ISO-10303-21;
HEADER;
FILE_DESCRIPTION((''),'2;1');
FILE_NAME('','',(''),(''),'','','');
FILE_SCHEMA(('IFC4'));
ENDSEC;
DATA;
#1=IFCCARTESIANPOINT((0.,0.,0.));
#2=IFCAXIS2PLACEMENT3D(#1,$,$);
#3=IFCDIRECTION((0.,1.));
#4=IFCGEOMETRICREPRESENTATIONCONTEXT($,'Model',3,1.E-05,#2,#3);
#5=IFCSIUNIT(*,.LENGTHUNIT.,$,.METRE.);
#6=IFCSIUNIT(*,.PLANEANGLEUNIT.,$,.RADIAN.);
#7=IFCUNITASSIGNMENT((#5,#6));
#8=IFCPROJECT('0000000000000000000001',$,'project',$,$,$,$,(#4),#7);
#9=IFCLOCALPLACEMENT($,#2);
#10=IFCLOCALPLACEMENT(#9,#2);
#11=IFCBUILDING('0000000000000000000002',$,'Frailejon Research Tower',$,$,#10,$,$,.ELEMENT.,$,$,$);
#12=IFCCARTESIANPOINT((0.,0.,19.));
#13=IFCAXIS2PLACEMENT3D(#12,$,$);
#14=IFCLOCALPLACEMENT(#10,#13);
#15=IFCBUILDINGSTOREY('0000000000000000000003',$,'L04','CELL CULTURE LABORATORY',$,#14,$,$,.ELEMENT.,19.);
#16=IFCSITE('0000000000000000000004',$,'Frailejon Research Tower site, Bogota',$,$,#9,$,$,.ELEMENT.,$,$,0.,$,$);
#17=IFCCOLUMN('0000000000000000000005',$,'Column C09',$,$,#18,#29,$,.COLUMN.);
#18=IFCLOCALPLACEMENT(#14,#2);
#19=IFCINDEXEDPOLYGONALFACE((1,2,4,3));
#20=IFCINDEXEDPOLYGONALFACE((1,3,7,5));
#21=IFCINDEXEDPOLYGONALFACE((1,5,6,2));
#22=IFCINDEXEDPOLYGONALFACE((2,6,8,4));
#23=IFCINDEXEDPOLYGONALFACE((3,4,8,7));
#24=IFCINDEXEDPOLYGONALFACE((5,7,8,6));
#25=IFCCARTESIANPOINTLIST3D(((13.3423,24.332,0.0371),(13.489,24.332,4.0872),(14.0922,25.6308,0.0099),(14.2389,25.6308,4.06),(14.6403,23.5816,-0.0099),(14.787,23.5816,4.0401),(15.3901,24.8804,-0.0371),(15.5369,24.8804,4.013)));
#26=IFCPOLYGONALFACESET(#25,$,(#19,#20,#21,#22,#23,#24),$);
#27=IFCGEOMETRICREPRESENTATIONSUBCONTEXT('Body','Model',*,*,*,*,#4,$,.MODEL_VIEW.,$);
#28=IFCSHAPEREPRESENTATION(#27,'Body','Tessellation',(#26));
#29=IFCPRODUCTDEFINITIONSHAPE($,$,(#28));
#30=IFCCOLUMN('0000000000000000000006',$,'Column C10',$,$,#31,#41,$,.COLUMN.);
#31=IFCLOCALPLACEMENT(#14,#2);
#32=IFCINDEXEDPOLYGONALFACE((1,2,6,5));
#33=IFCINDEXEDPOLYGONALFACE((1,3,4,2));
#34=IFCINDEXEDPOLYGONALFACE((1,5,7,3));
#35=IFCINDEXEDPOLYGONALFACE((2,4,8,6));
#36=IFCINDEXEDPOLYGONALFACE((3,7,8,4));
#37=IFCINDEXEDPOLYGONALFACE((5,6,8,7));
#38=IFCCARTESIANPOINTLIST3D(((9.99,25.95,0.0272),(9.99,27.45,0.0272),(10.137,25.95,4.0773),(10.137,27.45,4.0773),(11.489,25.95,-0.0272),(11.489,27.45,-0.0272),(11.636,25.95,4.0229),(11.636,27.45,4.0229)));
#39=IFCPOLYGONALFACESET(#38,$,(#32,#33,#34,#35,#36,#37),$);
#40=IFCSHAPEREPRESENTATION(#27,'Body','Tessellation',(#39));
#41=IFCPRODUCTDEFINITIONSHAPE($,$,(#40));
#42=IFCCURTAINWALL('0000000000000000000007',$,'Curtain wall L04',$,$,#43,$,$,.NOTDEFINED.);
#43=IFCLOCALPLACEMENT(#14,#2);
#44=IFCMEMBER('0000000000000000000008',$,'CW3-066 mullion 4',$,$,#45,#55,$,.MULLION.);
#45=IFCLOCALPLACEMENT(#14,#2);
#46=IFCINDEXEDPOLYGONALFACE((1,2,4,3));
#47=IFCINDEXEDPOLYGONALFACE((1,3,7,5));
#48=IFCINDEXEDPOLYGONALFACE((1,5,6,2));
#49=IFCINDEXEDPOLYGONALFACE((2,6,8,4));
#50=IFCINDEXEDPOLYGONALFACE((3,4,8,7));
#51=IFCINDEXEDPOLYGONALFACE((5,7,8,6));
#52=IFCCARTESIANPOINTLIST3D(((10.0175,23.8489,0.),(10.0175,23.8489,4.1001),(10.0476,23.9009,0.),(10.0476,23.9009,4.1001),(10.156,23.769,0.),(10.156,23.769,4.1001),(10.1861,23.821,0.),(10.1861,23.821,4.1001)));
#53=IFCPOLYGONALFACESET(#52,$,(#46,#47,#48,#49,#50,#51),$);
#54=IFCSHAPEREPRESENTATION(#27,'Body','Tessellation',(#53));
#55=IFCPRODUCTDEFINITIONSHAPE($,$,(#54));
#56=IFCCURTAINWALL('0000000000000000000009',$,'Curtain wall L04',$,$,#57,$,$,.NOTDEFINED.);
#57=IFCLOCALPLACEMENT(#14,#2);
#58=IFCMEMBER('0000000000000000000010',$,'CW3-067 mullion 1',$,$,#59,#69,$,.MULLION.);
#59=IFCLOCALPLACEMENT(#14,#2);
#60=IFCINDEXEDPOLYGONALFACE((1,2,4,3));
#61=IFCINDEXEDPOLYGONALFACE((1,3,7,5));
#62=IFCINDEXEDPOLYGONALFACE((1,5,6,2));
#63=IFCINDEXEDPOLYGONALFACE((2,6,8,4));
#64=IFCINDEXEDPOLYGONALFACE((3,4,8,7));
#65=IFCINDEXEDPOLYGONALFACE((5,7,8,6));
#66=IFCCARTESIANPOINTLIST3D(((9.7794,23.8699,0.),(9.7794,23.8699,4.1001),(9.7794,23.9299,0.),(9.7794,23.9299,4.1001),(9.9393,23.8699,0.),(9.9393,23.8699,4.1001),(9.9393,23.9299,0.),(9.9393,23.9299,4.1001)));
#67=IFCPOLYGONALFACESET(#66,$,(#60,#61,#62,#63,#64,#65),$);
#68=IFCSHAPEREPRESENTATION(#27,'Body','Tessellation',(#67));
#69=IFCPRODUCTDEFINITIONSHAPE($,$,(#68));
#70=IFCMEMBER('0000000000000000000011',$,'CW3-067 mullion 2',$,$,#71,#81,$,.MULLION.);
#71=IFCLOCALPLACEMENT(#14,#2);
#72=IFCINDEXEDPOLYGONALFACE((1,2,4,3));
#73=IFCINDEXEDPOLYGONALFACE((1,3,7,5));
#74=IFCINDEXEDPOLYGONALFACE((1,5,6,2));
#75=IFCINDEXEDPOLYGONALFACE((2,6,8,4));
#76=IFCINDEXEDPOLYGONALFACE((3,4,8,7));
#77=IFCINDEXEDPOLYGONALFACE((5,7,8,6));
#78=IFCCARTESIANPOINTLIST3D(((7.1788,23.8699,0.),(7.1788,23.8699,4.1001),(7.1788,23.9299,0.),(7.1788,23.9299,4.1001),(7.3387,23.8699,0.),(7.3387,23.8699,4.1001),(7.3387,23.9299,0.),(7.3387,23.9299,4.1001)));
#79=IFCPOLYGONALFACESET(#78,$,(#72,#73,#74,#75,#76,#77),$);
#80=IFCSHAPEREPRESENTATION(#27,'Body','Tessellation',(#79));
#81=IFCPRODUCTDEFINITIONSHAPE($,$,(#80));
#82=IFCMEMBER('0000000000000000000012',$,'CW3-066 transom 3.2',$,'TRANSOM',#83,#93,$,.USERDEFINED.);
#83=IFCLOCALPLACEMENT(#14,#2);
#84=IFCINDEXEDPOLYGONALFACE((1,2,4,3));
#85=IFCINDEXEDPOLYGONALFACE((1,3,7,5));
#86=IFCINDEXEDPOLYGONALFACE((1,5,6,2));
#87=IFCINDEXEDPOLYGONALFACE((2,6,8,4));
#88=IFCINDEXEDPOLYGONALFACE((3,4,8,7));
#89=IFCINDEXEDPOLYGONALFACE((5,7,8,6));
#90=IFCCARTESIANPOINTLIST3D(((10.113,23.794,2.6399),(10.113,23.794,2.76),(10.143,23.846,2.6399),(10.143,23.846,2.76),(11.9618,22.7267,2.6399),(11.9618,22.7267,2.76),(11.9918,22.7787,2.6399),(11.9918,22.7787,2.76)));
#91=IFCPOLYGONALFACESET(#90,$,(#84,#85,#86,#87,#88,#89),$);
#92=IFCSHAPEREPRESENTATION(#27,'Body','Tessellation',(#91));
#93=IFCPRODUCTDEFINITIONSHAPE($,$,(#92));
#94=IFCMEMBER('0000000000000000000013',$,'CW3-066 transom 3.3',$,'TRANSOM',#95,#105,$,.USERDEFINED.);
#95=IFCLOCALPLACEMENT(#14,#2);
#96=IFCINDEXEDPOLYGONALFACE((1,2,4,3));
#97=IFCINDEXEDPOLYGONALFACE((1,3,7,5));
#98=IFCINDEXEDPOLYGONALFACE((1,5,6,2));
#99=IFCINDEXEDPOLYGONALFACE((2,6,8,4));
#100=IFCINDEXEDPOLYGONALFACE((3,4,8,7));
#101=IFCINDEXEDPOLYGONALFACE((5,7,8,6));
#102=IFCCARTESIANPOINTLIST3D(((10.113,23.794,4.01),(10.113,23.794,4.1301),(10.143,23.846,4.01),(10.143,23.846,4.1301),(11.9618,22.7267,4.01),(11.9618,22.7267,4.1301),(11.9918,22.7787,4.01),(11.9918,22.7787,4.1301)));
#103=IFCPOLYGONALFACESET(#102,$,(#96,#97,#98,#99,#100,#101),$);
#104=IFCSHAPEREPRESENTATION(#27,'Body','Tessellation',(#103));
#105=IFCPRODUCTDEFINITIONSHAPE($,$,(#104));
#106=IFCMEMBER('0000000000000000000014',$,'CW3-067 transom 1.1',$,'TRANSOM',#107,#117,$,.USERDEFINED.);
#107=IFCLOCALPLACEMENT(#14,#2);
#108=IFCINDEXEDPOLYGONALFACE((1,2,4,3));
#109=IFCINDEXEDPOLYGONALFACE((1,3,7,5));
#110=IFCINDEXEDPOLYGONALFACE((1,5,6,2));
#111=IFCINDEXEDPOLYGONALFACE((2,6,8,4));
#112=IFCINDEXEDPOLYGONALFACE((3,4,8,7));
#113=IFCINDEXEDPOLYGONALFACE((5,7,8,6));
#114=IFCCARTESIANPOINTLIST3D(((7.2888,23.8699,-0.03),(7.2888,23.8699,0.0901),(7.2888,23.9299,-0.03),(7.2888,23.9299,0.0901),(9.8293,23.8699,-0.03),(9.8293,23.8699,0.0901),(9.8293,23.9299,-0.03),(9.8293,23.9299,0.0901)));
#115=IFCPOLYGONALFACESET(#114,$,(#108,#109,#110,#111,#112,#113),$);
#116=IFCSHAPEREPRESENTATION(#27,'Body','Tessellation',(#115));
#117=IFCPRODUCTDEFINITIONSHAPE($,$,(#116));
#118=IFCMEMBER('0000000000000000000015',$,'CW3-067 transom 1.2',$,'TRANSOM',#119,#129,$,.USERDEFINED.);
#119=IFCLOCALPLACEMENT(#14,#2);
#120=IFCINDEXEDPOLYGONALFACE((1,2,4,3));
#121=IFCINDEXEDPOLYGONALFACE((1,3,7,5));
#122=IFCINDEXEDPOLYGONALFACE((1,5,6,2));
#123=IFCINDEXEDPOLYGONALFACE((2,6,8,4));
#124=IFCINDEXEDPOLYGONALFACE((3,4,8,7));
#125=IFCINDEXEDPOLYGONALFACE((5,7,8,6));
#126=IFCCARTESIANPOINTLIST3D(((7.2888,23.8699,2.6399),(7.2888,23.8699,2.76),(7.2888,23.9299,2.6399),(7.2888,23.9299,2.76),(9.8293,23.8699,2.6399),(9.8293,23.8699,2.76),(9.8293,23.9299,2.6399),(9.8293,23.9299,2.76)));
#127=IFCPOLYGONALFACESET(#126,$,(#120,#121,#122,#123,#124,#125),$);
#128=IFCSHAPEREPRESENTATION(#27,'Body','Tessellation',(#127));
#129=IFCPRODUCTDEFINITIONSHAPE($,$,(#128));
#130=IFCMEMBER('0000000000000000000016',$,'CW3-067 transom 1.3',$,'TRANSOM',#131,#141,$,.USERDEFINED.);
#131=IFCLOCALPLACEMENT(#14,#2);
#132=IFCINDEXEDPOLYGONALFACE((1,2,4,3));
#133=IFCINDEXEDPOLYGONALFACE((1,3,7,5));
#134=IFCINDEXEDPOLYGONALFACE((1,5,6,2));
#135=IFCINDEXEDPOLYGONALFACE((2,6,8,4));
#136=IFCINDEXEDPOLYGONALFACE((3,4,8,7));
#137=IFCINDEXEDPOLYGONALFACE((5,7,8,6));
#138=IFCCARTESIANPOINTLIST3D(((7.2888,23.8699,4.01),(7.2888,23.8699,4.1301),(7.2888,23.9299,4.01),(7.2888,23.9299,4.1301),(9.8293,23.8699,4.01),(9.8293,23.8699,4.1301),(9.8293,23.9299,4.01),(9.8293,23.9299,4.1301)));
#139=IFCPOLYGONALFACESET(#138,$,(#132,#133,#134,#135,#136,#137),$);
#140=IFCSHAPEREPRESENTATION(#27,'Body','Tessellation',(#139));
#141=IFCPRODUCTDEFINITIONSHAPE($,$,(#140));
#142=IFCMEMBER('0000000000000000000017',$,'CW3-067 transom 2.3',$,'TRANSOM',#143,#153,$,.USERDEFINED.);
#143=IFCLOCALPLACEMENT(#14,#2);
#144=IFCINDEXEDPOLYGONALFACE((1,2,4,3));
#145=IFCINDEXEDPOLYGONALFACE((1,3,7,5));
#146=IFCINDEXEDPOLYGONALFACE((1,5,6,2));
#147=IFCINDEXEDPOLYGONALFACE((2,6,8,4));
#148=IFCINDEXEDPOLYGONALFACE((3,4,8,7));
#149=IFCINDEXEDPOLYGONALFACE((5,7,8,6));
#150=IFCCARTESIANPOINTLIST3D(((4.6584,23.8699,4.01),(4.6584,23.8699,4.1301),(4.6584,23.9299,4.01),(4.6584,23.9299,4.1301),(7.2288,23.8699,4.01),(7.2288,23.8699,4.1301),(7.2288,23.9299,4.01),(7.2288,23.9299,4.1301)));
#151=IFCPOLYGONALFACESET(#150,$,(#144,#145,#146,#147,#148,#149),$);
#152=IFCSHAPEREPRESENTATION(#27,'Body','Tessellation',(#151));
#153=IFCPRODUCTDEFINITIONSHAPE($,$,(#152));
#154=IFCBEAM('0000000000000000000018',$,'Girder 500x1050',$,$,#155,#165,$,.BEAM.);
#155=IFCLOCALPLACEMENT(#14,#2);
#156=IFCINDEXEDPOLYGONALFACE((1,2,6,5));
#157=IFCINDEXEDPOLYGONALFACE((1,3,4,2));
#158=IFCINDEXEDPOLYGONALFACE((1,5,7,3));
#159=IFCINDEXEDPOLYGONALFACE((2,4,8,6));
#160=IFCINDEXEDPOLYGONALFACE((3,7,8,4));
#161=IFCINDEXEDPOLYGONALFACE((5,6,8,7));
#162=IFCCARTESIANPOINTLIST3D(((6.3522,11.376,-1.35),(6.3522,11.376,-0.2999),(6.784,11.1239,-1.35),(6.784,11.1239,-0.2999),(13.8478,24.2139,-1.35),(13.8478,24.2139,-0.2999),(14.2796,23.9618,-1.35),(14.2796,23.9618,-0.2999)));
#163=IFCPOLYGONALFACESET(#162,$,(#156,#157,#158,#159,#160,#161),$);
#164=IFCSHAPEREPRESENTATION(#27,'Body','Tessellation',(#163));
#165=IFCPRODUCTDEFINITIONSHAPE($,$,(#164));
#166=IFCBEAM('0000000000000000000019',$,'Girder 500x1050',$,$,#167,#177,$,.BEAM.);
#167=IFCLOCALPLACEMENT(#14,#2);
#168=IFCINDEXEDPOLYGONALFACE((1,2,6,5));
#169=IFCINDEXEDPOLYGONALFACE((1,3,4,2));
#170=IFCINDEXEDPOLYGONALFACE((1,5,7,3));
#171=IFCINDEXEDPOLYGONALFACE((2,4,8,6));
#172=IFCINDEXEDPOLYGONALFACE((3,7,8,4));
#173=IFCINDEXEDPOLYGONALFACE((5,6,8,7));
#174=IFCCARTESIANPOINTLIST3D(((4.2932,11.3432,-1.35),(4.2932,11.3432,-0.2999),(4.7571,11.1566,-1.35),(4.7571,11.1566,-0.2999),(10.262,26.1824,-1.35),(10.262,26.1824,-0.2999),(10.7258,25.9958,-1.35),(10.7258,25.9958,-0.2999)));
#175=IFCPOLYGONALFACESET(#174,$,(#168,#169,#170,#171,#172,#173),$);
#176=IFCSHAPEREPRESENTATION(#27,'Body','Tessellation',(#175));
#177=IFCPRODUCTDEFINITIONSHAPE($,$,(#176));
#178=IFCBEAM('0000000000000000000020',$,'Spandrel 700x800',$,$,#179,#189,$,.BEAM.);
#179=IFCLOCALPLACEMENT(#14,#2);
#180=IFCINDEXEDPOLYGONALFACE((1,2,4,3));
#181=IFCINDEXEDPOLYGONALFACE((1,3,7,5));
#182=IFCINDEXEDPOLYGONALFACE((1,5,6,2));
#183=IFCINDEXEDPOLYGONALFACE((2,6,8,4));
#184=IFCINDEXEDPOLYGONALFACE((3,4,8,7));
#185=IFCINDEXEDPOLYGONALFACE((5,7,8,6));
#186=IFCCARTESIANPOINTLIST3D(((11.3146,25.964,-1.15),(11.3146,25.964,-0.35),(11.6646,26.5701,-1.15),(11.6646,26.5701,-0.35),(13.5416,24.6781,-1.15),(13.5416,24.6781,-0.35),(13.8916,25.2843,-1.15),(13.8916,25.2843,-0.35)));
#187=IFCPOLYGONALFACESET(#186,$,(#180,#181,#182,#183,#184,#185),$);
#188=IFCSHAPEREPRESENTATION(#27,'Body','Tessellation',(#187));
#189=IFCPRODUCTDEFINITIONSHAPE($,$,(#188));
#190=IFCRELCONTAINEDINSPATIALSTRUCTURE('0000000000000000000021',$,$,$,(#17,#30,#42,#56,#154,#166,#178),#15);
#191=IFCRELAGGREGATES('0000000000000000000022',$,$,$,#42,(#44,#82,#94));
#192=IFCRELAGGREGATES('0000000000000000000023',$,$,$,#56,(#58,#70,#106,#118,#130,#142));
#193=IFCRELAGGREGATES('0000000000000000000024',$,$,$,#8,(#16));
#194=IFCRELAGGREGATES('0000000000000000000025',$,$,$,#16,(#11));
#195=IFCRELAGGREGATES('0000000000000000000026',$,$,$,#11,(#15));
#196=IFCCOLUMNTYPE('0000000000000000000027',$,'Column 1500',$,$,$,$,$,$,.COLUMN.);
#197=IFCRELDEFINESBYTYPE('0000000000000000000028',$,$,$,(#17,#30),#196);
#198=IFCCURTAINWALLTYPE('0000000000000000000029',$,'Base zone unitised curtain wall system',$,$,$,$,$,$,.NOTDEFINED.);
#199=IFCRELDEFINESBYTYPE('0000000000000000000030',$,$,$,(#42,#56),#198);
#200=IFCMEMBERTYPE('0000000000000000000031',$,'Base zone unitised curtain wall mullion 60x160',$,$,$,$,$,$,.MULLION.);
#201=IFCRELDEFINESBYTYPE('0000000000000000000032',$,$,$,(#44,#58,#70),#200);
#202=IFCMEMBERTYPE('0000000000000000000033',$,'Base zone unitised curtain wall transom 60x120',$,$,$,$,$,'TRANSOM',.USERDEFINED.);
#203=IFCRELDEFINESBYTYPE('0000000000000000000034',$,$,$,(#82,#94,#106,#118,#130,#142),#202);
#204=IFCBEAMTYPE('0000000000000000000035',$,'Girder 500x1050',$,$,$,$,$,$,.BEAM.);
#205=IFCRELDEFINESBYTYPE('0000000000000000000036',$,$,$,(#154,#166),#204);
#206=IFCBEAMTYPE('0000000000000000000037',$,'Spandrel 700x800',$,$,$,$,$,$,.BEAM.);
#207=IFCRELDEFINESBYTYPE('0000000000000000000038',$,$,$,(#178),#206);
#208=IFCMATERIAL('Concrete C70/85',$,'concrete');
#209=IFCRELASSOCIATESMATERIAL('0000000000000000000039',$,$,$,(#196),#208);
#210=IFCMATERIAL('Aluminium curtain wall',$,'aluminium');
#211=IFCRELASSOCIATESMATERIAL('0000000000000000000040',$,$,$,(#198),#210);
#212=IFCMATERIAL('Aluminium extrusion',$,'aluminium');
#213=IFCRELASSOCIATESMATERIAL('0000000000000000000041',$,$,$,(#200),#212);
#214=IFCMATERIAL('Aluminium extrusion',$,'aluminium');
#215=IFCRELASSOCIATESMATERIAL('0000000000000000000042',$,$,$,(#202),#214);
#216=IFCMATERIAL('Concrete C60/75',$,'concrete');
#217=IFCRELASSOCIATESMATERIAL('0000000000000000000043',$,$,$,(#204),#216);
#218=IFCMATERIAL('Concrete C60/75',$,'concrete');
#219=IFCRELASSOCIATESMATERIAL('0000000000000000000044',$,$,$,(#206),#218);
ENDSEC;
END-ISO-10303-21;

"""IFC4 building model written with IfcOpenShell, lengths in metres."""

from ifc_helpers import new_model, si_unit, direction, frame, origin, origin_2d, place, context, subcontext, project, spatial, rectangle, extrude, material, material_profile, profile_set, type_object, element, aggregate, save


model = new_model("IFC4")

# Units and contexts
model_context = context("Model", 3, precision=1e-05, world=origin(), true_north=direction((0.0, 1.0)))
body_context = subcontext(model_context, "Body", "Model", "MODEL_VIEW")
ifc_project = project(units=[si_unit("LENGTHUNIT", "METRE"), si_unit("PLANEANGLEUNIT", "RADIAN")], contexts=[model_context])

# Site, building, storey
site_placement = place(None, origin())
site = spatial("IfcSite", under=ifc_project, at=site_placement, Name="Frailejon Research Tower site, Bogota", CompositionType="ELEMENT", RefElevation=0.0)
building_placement = place(site_placement, origin())
building = spatial("IfcBuilding", under=site, at=building_placement, Name="Frailejon Research Tower", CompositionType="ELEMENT")
storey_placement = place(building_placement, frame((0.0, 0.0, 19.0)))
storey = spatial("IfcBuildingStorey", under=building, at=storey_placement, Name="L04", Description="CELL CULTURE LABORATORY", CompositionType="ELEMENT", Elevation=19.0)

# Columns
ifc_material_1 = material(Name="Concrete C70/85", Category="concrete")
ifc_material_profile_1 = material_profile(ifc_material_1, rectangle(XDim=1.5, YDim=1.5, at=origin_2d()), Name="Column 1500")
ifc_profile_set_1 = profile_set([ifc_material_profile_1], Name="Concrete C70/85")
column_type = type_object("IfcColumnType", Name="Column 1500", PredefinedType="COLUMN", material=ifc_profile_set_1)
for number, where, z_axis, x_axis, name in (
    (1, (14.3662, 24.6062, 0.0), (0.036205, 0.0, 0.999344), (-0.865315, 0.500246, 0.031349), "Column C09"),
    (2, (10.7395, 26.7, 0.0), (0.036265, 0.0, 0.999342), (-0.999342, 0.0, 0.036265), "Column C10"),
):
    element("IfcColumn", number, at=place(storey_placement, frame(where, z_axis=z_axis, x_axis=x_axis)), inside=storey, type_object=column_type, Name=name, PredefinedType="COLUMN", context=body_context, shape_type="SweptSolid", body=[
        extrude(rectangle(XDim=1.5, YDim=1.5, at=origin_2d()), origin(), (0.0, 0.0, 1.0), 4.0527),
    ])

# Curtain wall, member
ifc_material_2 = material(Name="Aluminium curtain wall", Category="aluminium")
curtain_wall_type = type_object("IfcCurtainWallType", Name="Base zone unitised curtain wall system", PredefinedType="NOTDEFINED", material=ifc_material_2)
curtain_wall_1_placement = place(storey_placement, origin())
curtain_wall_1 = element("IfcCurtainWall", 3, at=curtain_wall_1_placement, inside=storey, type_object=curtain_wall_type, Name="Curtain wall L04", PredefinedType="NOTDEFINED")
ifc_material_3 = material(Name="Aluminium extrusion", Category="aluminium")
ifc_material_profile_2 = material_profile(ifc_material_3, rectangle(XDim=0.0601, YDim=0.1599, at=origin_2d()), Name="Base zone unitised curtain wall mullion 60x160")
ifc_profile_set_2 = profile_set([ifc_material_profile_2], Name="Aluminium extrusion")
member_type_1 = type_object("IfcMemberType", Name="Base zone unitised curtain wall mullion 60x160", PredefinedType="MULLION", material=ifc_profile_set_2)
member_1_placement = place(storey_placement, frame((10.1018, 23.835, 0.0), z_axis=(0.0, 0.0, 1.0), x_axis=(-0.499998, -0.866026, 0.0)))
member_1 = element("IfcMember", 4, at=member_1_placement, type_object=member_type_1, Name="CW3-066 mullion 4", PredefinedType="MULLION", context=body_context, shape_type="SweptSolid", body=[
    extrude(rectangle(XDim=0.0601, YDim=0.1599, at=origin_2d()), origin(), (0.0, 0.0, 1.0), 4.1001),
])

# Curtain wall, members
curtain_wall_2_placement = place(storey_placement, origin())
curtain_wall_2 = element("IfcCurtainWall", 5, at=curtain_wall_2_placement, inside=storey, type_object=curtain_wall_type, Name="Curtain wall L04", PredefinedType="NOTDEFINED")
member_2_placement = place(storey_placement, frame((9.8594, 23.8999, 0.0), z_axis=(0.0, 0.0, 1.0), x_axis=(0.0, -1.0, 0.0)))
member_2 = element("IfcMember", 6, at=member_2_placement, type_object=member_type_1, Name="CW3-067 mullion 1", PredefinedType="MULLION", context=body_context, shape_type="SweptSolid", body=[
    extrude(rectangle(XDim=0.0601, YDim=0.1599, at=origin_2d()), origin(), (0.0, 0.0, 1.0), 4.1001),
])
member_3_placement = place(storey_placement, frame((7.2588, 23.8999, 0.0), z_axis=(0.0, 0.0, 1.0), x_axis=(0.0, -1.0, 0.0)))
member_3 = element("IfcMember", 7, at=member_3_placement, type_object=member_type_1, Name="CW3-067 mullion 2", PredefinedType="MULLION", context=body_context, shape_type="SweptSolid", body=[
    extrude(rectangle(XDim=0.0601, YDim=0.1599, at=origin_2d()), origin(), (0.0, 0.0, 1.0), 4.1001),
])

# Members
ifc_material_4 = material(Name="Aluminium extrusion", Category="aluminium")
ifc_material_profile_3 = material_profile(ifc_material_4, rectangle(XDim=0.0601, YDim=0.1201, at=origin_2d()), Name="Base zone unitised curtain wall transom 60x120")
ifc_profile_set_3 = profile_set([ifc_material_profile_3], Name="Aluminium extrusion")
member_type_2 = type_object("IfcMemberType", Name="Base zone unitised curtain wall transom 60x120", ElementType="TRANSOM", PredefinedType="USERDEFINED", material=ifc_profile_set_3)
member_4_placement = place(storey_placement, frame((11.9768, 22.7527, 2.7), z_axis=(-0.866039, 0.499977, 0.0), x_axis=(-0.499977, -0.866039, 0.0)))
member_4 = element("IfcMember", 8, at=member_4_placement, type_object=member_type_2, Name="CW3-066 transom 3.2", ObjectType="TRANSOM", PredefinedType="USERDEFINED", context=body_context, shape_type="SweptSolid", body=[
    extrude(rectangle(XDim=0.0601, YDim=0.1201, at=origin_2d()), origin(), (0.0, 0.0, 1.0), 2.1348),
])
member_5_placement = place(storey_placement, frame((11.9768, 22.7527, 4.0701), z_axis=(-0.866039, 0.499977, 0.0), x_axis=(-0.499977, -0.866039, 0.0)))
member_5 = element("IfcMember", 9, at=member_5_placement, type_object=member_type_2, Name="CW3-066 transom 3.3", ObjectType="TRANSOM", PredefinedType="USERDEFINED", context=body_context, shape_type="SweptSolid", body=[
    extrude(rectangle(XDim=0.0601, YDim=0.1201, at=origin_2d()), origin(), (0.0, 0.0, 1.0), 2.1348),
])
member_6_placement = place(storey_placement, frame((9.8293, 23.8999, 0.03), z_axis=(-1.0, 0.0, 0.0), x_axis=(0.0, -1.0, 0.0)))
member_6 = element("IfcMember", 10, at=member_6_placement, type_object=member_type_2, Name="CW3-067 transom 1.1", ObjectType="TRANSOM", PredefinedType="USERDEFINED", context=body_context, shape_type="SweptSolid", body=[
    extrude(rectangle(XDim=0.0601, YDim=0.1201, at=origin_2d()), origin(), (0.0, 0.0, 1.0), 2.5405),
])
member_7_placement = place(storey_placement, frame((9.8293, 23.8999, 2.7), z_axis=(-1.0, 0.0, 0.0), x_axis=(0.0, -1.0, 0.0)))
member_7 = element("IfcMember", 11, at=member_7_placement, type_object=member_type_2, Name="CW3-067 transom 1.2", ObjectType="TRANSOM", PredefinedType="USERDEFINED", context=body_context, shape_type="SweptSolid", body=[
    extrude(rectangle(XDim=0.0601, YDim=0.1201, at=origin_2d()), origin(), (0.0, 0.0, 1.0), 2.5405),
])
member_8_placement = place(storey_placement, frame((9.8293, 23.8999, 4.0701), z_axis=(-1.0, 0.0, 0.0), x_axis=(0.0, -1.0, 0.0)))
member_8 = element("IfcMember", 12, at=member_8_placement, type_object=member_type_2, Name="CW3-067 transom 1.3", ObjectType="TRANSOM", PredefinedType="USERDEFINED", context=body_context, shape_type="SweptSolid", body=[
    extrude(rectangle(XDim=0.0601, YDim=0.1201, at=origin_2d()), origin(), (0.0, 0.0, 1.0), 2.5405),
])
member_9_placement = place(storey_placement, frame((7.2288, 23.8999, 4.0701), z_axis=(-1.0, 0.0, 0.0), x_axis=(0.0, -1.0, 0.0)))
member_9 = element("IfcMember", 13, at=member_9_placement, type_object=member_type_2, Name="CW3-067 transom 2.3", ObjectType="TRANSOM", PredefinedType="USERDEFINED", context=body_context, shape_type="SweptSolid", body=[
    extrude(rectangle(XDim=0.0601, YDim=0.1201, at=origin_2d()), origin(), (0.0, 0.0, 1.0), 2.5703),
])

# Beams
ifc_material_5 = material(Name="Concrete C60/75", Category="concrete")
ifc_material_profile_4 = material_profile(ifc_material_5, rectangle(XDim=0.5, YDim=1.05, at=origin_2d()), Name="Girder 500x1050")
ifc_profile_set_4 = profile_set([ifc_material_profile_4], Name="Concrete C60/75")
beam_type_1 = type_object("IfcBeamType", Name="Girder 500x1050", PredefinedType="BEAM", material=ifc_profile_set_4)
beam_1_placement = place(storey_placement, frame((14.0637, 24.0879, -0.825), z_axis=(-0.504214, -0.863579, 0.0), x_axis=(0.863579, -0.504214, 0.0)))
element("IfcBeam", 14, at=beam_1_placement, inside=storey, type_object=beam_type_1, Name="Girder 500x1050", PredefinedType="BEAM", context=body_context, shape_type="SweptSolid", body=[
    extrude(rectangle(XDim=0.5, YDim=1.05, at=origin_2d()), origin(), (0.0, 0.0, 1.0), 14.866),
])
beam_2_placement = place(storey_placement, frame((10.4939, 26.0891, -0.825), z_axis=(-0.373174, -0.927761, 0.0), x_axis=(0.927761, -0.373174, 0.0)))
element("IfcBeam", 15, at=beam_2_placement, inside=storey, type_object=beam_type_1, Name="Girder 500x1050", PredefinedType="BEAM", context=body_context, shape_type="SweptSolid", body=[
    extrude(rectangle(XDim=0.5, YDim=1.05, at=origin_2d()), origin(), (0.0, 0.0, 1.0), 15.9946),
])
ifc_material_6 = material(Name="Concrete C60/75", Category="concrete")
ifc_material_profile_5 = material_profile(ifc_material_6, rectangle(XDim=0.7, YDim=0.8, at=origin_2d()), Name="Spandrel 700x800")
ifc_profile_set_5 = profile_set([ifc_material_profile_5], Name="Concrete C60/75")
beam_type_2 = type_object("IfcBeamType", Name="Spandrel 700x800", PredefinedType="BEAM", material=ifc_profile_set_5)
beam_3_placement = place(storey_placement, frame((13.7166, 24.9812, -0.75), z_axis=(-0.866009, 0.500029, 0.0), x_axis=(-0.500029, -0.866009, 0.0)))
element("IfcBeam", 16, at=beam_3_placement, inside=storey, type_object=beam_type_2, Name="Spandrel 700x800", PredefinedType="BEAM", context=body_context, shape_type="SweptSolid", body=[
    extrude(rectangle(XDim=0.7, YDim=0.8, at=origin_2d()), origin(), (0.0, 0.0, 1.0), 2.5715),
])

aggregate(curtain_wall_1, [member_1, member_4, member_5])
aggregate(curtain_wall_2, [member_2, member_3, member_6, member_7, member_8, member_9])

save(model, "model.ifc")
